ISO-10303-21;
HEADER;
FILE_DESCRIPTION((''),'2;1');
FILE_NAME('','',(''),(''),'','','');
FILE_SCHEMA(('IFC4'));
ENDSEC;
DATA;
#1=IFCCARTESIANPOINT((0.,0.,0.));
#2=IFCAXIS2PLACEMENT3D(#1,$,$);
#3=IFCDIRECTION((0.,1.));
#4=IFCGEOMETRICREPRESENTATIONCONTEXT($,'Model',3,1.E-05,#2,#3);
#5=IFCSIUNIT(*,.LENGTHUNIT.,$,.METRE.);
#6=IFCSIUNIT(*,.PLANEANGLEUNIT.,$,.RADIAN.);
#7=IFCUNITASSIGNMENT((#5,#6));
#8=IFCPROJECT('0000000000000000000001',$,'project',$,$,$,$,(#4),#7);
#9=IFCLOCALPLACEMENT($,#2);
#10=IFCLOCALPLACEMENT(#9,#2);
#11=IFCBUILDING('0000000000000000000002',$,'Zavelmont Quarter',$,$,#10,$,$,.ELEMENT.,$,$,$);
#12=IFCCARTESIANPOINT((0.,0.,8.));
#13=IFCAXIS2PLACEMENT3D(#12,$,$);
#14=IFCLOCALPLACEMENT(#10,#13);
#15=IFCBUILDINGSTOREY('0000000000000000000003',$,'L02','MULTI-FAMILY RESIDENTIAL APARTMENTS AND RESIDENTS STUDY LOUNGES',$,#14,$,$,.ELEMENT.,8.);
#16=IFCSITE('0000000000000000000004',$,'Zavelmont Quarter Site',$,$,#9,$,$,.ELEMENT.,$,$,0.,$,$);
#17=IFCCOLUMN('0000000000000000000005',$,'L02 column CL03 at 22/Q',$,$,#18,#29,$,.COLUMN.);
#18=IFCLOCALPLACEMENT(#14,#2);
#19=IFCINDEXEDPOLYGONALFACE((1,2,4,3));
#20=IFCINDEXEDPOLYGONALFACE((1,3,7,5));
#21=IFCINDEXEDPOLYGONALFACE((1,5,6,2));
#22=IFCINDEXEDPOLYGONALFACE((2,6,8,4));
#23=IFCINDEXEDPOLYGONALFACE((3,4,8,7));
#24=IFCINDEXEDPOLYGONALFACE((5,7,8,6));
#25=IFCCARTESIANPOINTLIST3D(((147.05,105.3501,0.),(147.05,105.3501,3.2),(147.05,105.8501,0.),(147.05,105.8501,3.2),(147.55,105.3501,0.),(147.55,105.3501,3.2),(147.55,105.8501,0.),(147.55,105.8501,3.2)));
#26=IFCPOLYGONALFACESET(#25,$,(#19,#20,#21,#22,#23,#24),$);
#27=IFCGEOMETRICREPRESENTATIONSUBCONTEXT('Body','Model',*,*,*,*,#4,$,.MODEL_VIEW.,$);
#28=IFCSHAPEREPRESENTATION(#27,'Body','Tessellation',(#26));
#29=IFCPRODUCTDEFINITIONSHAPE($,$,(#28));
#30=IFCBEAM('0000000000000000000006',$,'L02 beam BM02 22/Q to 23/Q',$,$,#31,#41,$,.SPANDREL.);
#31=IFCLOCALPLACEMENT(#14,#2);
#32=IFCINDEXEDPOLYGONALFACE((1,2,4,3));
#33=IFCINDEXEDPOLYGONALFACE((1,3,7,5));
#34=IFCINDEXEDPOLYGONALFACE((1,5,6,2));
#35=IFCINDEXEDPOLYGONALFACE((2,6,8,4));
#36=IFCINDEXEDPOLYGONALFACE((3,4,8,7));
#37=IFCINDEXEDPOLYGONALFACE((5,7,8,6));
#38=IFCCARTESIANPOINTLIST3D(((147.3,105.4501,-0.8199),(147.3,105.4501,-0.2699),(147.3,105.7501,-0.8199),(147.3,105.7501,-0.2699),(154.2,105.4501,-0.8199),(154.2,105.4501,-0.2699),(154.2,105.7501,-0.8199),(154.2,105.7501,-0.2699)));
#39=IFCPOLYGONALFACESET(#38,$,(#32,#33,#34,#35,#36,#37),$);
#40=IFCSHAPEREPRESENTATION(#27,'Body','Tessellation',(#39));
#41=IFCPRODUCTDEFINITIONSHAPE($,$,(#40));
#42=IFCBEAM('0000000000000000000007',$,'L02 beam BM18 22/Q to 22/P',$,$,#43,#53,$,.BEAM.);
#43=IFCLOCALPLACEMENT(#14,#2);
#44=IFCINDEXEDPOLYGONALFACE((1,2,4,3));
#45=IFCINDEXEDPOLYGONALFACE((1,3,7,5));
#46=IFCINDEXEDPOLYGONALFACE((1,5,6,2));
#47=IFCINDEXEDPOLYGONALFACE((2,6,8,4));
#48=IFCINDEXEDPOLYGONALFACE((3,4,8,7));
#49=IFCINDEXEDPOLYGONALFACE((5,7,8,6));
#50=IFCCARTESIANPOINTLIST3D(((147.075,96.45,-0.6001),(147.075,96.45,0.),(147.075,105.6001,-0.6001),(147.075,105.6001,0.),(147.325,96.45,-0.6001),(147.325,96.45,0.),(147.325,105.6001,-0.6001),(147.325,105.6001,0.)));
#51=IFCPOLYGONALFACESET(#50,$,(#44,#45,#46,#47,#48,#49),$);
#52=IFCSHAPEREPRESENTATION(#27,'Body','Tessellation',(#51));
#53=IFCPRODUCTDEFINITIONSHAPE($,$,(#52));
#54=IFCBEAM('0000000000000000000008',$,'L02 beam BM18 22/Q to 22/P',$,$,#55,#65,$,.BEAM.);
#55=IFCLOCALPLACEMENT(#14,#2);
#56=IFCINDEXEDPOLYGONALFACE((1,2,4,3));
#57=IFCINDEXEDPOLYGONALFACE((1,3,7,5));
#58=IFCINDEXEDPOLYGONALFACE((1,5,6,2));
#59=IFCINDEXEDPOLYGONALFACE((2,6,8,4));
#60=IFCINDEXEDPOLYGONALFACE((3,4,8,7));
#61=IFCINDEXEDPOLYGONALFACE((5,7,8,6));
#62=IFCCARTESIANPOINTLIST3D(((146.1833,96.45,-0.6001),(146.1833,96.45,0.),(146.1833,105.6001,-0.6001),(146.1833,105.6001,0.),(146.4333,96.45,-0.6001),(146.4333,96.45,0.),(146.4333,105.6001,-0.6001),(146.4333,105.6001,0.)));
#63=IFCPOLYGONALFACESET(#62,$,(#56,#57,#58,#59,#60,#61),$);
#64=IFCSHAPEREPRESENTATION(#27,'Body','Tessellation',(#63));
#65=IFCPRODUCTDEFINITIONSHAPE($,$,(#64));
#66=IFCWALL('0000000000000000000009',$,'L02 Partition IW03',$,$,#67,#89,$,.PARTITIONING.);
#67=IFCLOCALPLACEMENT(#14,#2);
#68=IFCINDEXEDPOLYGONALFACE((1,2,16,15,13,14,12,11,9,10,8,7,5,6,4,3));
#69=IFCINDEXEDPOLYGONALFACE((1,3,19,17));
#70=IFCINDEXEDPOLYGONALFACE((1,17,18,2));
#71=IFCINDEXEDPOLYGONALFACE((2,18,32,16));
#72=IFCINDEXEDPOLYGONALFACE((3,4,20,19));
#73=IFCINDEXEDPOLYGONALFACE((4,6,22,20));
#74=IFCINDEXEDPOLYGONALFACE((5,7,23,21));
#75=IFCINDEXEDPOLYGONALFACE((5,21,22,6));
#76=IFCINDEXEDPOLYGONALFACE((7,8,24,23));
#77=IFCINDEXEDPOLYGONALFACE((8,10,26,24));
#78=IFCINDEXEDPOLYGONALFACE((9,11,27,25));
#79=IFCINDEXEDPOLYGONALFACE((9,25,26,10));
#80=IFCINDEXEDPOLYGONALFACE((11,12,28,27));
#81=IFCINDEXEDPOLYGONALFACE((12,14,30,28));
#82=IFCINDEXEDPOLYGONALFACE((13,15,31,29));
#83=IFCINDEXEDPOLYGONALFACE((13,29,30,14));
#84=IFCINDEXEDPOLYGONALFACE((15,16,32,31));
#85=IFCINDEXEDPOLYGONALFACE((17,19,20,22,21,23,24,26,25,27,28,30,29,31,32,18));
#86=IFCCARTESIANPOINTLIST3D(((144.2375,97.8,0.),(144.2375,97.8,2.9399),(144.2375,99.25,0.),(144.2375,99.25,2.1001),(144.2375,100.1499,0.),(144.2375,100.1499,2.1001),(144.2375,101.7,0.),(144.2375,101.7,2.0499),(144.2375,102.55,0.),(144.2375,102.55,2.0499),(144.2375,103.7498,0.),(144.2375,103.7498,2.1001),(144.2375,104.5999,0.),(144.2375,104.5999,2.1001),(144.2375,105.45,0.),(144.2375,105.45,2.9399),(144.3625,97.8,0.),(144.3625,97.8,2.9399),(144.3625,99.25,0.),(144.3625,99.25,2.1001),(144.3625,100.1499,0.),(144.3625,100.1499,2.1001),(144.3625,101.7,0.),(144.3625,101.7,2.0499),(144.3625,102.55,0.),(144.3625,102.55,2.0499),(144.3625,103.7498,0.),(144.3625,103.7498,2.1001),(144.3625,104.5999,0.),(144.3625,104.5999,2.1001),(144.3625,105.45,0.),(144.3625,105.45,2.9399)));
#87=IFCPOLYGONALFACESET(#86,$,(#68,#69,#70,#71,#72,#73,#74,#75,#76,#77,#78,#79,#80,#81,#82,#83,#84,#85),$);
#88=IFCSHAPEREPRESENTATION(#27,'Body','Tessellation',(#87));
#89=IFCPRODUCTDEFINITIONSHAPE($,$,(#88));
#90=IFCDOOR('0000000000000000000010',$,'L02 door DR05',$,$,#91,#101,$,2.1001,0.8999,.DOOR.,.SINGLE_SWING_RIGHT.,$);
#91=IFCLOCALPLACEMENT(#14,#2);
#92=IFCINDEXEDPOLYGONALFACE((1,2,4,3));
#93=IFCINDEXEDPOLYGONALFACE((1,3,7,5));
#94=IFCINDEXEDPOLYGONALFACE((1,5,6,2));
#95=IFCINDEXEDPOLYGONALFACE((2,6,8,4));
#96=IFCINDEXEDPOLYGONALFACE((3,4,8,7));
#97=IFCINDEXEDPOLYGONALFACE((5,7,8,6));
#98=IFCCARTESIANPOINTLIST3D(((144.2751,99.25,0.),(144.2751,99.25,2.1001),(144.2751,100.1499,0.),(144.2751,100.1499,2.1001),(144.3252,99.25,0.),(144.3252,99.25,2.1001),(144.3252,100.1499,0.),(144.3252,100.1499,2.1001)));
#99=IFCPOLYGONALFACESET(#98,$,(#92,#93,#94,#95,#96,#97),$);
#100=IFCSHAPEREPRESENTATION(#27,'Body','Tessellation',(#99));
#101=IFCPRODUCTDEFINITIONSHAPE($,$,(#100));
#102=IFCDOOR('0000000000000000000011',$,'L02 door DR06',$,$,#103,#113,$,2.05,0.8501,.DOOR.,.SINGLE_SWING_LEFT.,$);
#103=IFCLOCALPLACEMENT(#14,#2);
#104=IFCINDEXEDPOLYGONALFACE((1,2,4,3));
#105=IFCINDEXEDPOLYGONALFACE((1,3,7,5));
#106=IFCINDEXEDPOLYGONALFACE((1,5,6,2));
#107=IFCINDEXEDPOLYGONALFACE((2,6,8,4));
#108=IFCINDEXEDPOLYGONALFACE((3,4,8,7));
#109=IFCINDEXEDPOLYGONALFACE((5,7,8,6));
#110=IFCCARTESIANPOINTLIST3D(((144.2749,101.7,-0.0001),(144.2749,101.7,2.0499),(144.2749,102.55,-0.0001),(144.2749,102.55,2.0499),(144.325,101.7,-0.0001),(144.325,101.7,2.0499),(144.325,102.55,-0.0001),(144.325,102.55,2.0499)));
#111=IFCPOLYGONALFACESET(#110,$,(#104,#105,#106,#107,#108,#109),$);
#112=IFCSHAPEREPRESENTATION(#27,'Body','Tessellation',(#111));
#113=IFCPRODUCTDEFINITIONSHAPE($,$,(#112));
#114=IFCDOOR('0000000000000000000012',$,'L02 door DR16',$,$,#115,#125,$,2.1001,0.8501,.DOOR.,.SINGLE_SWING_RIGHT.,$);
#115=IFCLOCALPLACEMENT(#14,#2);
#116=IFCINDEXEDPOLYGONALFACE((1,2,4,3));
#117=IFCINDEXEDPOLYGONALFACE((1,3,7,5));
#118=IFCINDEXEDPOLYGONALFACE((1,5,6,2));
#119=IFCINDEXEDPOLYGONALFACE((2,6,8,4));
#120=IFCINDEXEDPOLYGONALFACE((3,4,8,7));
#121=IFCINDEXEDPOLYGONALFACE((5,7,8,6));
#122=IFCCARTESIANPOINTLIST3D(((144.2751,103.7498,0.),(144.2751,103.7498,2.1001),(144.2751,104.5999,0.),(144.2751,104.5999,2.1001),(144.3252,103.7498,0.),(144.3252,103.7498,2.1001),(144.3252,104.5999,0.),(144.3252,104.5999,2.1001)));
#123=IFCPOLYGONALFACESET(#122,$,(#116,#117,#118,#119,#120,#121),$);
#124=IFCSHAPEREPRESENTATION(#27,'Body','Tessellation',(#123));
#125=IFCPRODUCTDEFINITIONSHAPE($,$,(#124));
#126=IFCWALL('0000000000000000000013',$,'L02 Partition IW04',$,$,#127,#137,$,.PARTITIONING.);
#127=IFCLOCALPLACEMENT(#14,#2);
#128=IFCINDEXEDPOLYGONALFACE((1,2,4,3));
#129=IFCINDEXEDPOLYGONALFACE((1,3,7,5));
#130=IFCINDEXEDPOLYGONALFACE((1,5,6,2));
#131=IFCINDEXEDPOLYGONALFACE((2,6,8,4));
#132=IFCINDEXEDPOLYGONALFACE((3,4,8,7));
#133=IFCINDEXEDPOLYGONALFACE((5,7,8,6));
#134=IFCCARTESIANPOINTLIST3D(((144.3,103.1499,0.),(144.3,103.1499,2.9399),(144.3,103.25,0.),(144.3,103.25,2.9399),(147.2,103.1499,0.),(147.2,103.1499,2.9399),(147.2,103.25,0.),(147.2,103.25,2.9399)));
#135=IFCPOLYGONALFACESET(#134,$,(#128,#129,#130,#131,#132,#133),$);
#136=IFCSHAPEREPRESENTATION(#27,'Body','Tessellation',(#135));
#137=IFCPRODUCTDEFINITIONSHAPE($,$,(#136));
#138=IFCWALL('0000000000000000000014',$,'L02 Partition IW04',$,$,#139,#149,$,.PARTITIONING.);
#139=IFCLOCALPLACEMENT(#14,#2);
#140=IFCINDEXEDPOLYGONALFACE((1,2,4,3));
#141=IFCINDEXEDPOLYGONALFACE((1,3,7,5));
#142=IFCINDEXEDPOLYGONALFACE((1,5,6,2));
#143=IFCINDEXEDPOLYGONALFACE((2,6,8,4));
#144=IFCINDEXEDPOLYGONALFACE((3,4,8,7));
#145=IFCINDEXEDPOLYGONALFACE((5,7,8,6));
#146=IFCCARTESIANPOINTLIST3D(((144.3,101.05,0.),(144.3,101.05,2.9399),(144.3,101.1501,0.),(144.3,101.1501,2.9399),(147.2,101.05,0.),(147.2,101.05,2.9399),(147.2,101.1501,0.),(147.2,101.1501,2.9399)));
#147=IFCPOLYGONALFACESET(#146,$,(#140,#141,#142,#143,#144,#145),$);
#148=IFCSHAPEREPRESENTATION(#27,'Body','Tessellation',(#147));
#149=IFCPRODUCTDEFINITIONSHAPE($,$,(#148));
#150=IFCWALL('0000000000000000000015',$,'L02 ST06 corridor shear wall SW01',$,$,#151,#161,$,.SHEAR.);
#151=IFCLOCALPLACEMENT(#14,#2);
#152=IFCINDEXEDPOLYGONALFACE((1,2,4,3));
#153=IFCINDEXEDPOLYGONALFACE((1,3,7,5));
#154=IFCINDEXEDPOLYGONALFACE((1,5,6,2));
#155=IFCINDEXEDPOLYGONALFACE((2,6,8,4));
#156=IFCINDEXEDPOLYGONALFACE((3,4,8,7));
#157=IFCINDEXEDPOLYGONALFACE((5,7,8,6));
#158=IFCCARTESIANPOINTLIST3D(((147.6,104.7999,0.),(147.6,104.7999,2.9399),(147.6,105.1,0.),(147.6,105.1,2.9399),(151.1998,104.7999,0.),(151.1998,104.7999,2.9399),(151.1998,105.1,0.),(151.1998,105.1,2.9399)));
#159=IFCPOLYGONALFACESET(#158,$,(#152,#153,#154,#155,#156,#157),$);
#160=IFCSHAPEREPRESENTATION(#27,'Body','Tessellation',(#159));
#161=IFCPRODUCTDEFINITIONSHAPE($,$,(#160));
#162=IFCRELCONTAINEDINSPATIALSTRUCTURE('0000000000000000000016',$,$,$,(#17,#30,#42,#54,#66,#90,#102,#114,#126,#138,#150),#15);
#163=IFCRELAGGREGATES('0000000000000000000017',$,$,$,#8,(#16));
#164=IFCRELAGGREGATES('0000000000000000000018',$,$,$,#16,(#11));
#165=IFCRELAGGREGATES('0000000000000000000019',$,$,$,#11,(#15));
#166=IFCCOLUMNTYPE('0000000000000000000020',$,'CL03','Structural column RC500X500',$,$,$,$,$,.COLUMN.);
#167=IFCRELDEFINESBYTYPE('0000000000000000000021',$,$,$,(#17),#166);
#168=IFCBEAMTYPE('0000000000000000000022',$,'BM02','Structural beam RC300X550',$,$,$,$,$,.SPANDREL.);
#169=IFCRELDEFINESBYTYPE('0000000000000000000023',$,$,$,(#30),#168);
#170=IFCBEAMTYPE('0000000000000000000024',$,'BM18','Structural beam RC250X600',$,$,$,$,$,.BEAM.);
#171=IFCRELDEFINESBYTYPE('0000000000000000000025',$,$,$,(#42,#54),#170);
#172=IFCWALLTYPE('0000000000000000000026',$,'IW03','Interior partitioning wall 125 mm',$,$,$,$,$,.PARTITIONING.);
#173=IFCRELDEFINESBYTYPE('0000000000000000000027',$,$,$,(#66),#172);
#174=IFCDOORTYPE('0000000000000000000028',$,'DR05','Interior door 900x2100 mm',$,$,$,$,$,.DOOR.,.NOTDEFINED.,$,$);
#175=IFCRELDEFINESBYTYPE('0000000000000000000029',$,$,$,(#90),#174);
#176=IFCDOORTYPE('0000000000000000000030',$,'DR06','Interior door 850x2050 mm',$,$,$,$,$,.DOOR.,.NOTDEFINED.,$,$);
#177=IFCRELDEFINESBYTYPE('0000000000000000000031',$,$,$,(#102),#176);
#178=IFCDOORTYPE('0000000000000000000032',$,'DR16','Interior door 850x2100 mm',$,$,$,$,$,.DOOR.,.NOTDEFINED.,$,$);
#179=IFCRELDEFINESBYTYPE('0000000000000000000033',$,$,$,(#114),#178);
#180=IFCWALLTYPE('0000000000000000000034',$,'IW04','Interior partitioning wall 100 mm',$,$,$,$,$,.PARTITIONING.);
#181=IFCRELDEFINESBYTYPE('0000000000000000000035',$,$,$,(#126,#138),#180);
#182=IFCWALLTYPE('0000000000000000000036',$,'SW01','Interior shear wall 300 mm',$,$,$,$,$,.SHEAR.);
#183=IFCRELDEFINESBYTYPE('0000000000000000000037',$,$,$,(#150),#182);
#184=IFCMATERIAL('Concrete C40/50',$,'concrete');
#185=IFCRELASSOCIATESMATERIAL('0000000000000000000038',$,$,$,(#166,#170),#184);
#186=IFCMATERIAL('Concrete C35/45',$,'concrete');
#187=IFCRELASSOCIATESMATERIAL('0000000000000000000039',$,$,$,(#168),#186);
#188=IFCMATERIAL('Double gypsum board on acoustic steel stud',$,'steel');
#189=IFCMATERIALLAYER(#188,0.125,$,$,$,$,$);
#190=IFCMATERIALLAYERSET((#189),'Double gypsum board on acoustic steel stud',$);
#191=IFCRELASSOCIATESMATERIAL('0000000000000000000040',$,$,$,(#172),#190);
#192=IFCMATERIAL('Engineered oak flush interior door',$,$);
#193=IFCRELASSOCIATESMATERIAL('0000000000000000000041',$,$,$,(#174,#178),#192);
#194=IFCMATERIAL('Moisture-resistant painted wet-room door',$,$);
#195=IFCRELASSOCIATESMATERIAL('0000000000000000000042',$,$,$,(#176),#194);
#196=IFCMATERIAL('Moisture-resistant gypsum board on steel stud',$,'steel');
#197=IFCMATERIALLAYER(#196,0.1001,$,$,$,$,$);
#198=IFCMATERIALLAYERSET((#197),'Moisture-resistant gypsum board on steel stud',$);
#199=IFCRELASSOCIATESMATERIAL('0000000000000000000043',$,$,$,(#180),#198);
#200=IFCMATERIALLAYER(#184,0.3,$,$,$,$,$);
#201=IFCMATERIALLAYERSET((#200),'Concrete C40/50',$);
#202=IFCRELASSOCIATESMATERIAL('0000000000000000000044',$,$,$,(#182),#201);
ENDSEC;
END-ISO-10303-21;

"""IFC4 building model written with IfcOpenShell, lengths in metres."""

from ifc_helpers import new_model, si_unit, direction, frame, frame_2d, origin, origin_with_axes, origin_2d, place, context, subcontext, project, spatial, rectangle, extrude, material, layer, layer_set, material_profile, profile_set, type_object, element, fill, save


model = new_model("IFC4")

# Units and contexts
model_context = context("Model", 3, precision=1e-05, world=origin(), true_north=direction((0.0, 1.0)))
body_context = subcontext(model_context, "Body", "Model", "MODEL_VIEW")
ifc_project = project(units=[si_unit("LENGTHUNIT", "METRE"), si_unit("PLANEANGLEUNIT", "RADIAN")], contexts=[model_context])

# Site, building, storey
site_placement = place(None, origin())
site = spatial("IfcSite", under=ifc_project, at=site_placement, Name="Zavelmont Quarter Site", CompositionType="ELEMENT", RefElevation=0.0)
building_placement = place(site_placement, origin())
building = spatial("IfcBuilding", under=site, at=building_placement, Name="Zavelmont Quarter", CompositionType="ELEMENT")
storey_placement = place(building_placement, frame((0.0, 0.0, 8.0)))
storey = spatial("IfcBuildingStorey", under=building, at=storey_placement, Name="L02", Description="MULTI-FAMILY RESIDENTIAL APARTMENTS AND RESIDENTS STUDY LOUNGES", CompositionType="ELEMENT", Elevation=8.0)

# Column
ifc_material_1 = material(Name="Concrete C40/50", Category="concrete")
ifc_material_profile_1 = material_profile(ifc_material_1, rectangle(XDim=0.5, YDim=0.5, at=origin_2d()), Name="RC500X500")
ifc_profile_set_1 = profile_set([ifc_material_profile_1], Name="Concrete C40/50")
column_type = type_object("IfcColumnType", Name="CL03", Description="Structural column RC500X500", PredefinedType="COLUMN", material=ifc_profile_set_1)
column_placement = place(storey_placement, frame((147.3, 105.6001, 0.0), z_axis=(0.0, 0.0, 1.0), x_axis=(1.0, 0.0, 0.0)))
element("IfcColumn", 1, at=column_placement, inside=storey, type_object=column_type, Name="L02 column CL03 at 22/Q", PredefinedType="COLUMN", context=body_context, shape_type="SweptSolid", body=[
    extrude(rectangle(XDim=0.5, YDim=0.5, at=origin_2d()), origin(), (0.0, 0.0, 1.0), 3.2),
])

# Beams
ifc_material_2 = material(Name="Concrete C35/45", Category="concrete")
ifc_material_profile_2 = material_profile(ifc_material_2, rectangle(XDim=0.3, YDim=0.55, at=origin_2d()), Name="RC300X550")
ifc_profile_set_2 = profile_set([ifc_material_profile_2], Name="Concrete C35/45")
beam_type_1 = type_object("IfcBeamType", Name="BM02", Description="Structural beam RC300X550", PredefinedType="SPANDREL", material=ifc_profile_set_2)
beam_placement = place(storey_placement, frame((147.3, 105.6001, -0.5449), z_axis=(1.0, 0.0, 0.0), x_axis=(0.0, 1.0, 0.0)))
element("IfcBeam", 2, at=beam_placement, inside=storey, type_object=beam_type_1, Name="L02 beam BM02 22/Q to 23/Q", PredefinedType="SPANDREL", context=body_context, shape_type="SweptSolid", body=[
    extrude(rectangle(XDim=0.3, YDim=0.55, at=origin_2d()), origin(), (0.0, 0.0, 1.0), 6.8999),
])
ifc_material_profile_3 = material_profile(ifc_material_1, rectangle(XDim=0.25, YDim=0.6001, at=origin_2d()), Name="RC250X600")
ifc_profile_set_3 = profile_set([ifc_material_profile_3], Name="Concrete C40/50")
beam_type_2 = type_object("IfcBeamType", Name="BM18", Description="Structural beam RC250X600", PredefinedType="BEAM", material=ifc_profile_set_3)
for number, where, z_axis, x_axis, name in (
    (3, (147.2, 105.6001, -0.3), (0.0, -1.0, 0.0), (1.0, 0.0, 0.0), "L02 beam BM18 22/Q to 22/P"),
    (4, (146.3083, 105.6001, -0.3), (0.0, -1.0, 0.0), (1.0, 0.0, 0.0), "L02 beam BM18 22/Q to 22/P"),
):
    element("IfcBeam", number, at=place(storey_placement, frame(where, z_axis=z_axis, x_axis=x_axis)), inside=storey, type_object=beam_type_2, Name=name, PredefinedType="BEAM", context=body_context, shape_type="SweptSolid", body=[
        extrude(rectangle(XDim=0.25, YDim=0.6001, at=origin_2d()), origin(), (0.0, 0.0, 1.0), 9.1501),
    ])

# Wall, openings, doors
ifc_material_3 = material(Name="Double gypsum board on acoustic steel stud", Category="steel")
ifc_layer_1 = layer(ifc_material_3, 0.125)
ifc_layer_set_1 = layer_set([ifc_layer_1], Name="Double gypsum board on acoustic steel stud")
wall_type_1 = type_object("IfcWallType", Name="IW03", Description="Interior partitioning wall 125 mm", PredefinedType="PARTITIONING", material=ifc_layer_set_1)
wall_1_placement = place(storey_placement, frame((144.3, 105.45, 0.0), z_axis=(0.0, 0.0, 1.0), x_axis=(0.0, -1.0, 0.0)))
wall_1 = element("IfcWall", 5, at=wall_1_placement, inside=storey, type_object=wall_type_1, Name="L02 Partition IW03", PredefinedType="PARTITIONING", context=body_context, shape_type="SweptSolid", body=[
    extrude(rectangle(XDim=7.6499, YDim=0.125, at=frame_2d((3.825, 0.0))), origin(), (0.0, 0.0, 1.0), 2.9399),
])
opening_1_placement = place(wall_1_placement, frame((0.8501, 0.0, 0.0)))
opening_1 = element("IfcOpeningElement", 6, at=opening_1_placement, cuts=wall_1, PredefinedType="OPENING", context=body_context, shape_type="SweptSolid", body=[
    extrude(rectangle(XDim=0.8501, YDim=2.1001, at=frame_2d((0.425, 1.05))), frame((0.0, 0.0745, 0.0), z_axis=(0.0, -1.0, 0.0), x_axis=(1.0, 0.0, 0.0)), (0.0, 0.0, 1.0), 0.1489),
])
opening_2_placement = place(wall_1_placement, frame((2.8999, 0.0, 0.0)))
opening_2 = element("IfcOpeningElement", 7, at=opening_2_placement, cuts=wall_1, PredefinedType="OPENING", context=body_context, shape_type="SweptSolid", body=[
    extrude(rectangle(XDim=0.8501, YDim=2.05, at=frame_2d((0.425, 1.0249))), frame((0.0, 0.0745, 0.0), z_axis=(0.0, -1.0, 0.0), x_axis=(1.0, 0.0, 0.0)), (0.0, 0.0, 1.0), 0.1489),
])
opening_3_placement = place(wall_1_placement, frame((5.3, 0.0, 0.0)))
opening_3 = element("IfcOpeningElement", 8, at=opening_3_placement, cuts=wall_1, PredefinedType="OPENING", context=body_context, shape_type="SweptSolid", body=[
    extrude(rectangle(XDim=0.8999, YDim=2.1001, at=frame_2d((0.45, 1.05))), frame((0.0, 0.0745, 0.0), z_axis=(0.0, -1.0, 0.0), x_axis=(1.0, 0.0, 0.0)), (0.0, 0.0, 1.0), 0.1489),
])
ifc_material_4 = material(Name="Engineered oak flush interior door")
door_type_1 = type_object("IfcDoorType", Name="DR05", Description="Interior door 900x2100 mm", OperationType="NOTDEFINED", PredefinedType="DOOR", material=ifc_material_4)
door_1_placement = place(opening_3_placement, frame((0.8999, 0.0, 0.0), z_axis=(0.0, 0.0, 1.0), x_axis=(-1.0, 0.0, 0.0)))
door_1 = element("IfcDoor", 9, at=door_1_placement, inside=storey, type_object=door_type_1, Name="L02 door DR05", OperationType="SINGLE_SWING_RIGHT", OverallHeight=2.1001, OverallWidth=0.8999, PredefinedType="DOOR", context=body_context, shape_type="SweptSolid", body=[
    extrude(rectangle(XDim=0.8999, YDim=2.1001, at=frame_2d((0.45, 1.05))), frame((0.0, 0.0249, 0.0), z_axis=(0.0, -1.0, 0.0), x_axis=(1.0, 0.0, 0.0)), (0.0, 0.0, 1.0), 0.05),
])
fill(opening_3, door_1)
ifc_material_5 = material(Name="Moisture-resistant painted wet-room door")
door_type_2 = type_object("IfcDoorType", Name="DR06", Description="Interior door 850x2050 mm", OperationType="NOTDEFINED", PredefinedType="DOOR", material=ifc_material_5)
door_2_placement = place(opening_2_placement, origin_with_axes())
door_2 = element("IfcDoor", 10, at=door_2_placement, inside=storey, type_object=door_type_2, Name="L02 door DR06", OperationType="SINGLE_SWING_LEFT", OverallHeight=2.05, OverallWidth=0.8501, PredefinedType="DOOR", context=body_context, shape_type="SweptSolid", body=[
    extrude(rectangle(XDim=0.8501, YDim=2.05, at=frame_2d((0.425, 1.0249))), frame((0.0, 0.0249, 0.0), z_axis=(0.0, -1.0, 0.0), x_axis=(1.0, 0.0, 0.0)), (0.0, 0.0, 1.0), 0.05),
])
fill(opening_2, door_2)
door_type_3 = type_object("IfcDoorType", Name="DR16", Description="Interior door 850x2100 mm", OperationType="NOTDEFINED", PredefinedType="DOOR", material=ifc_material_4)
door_3_placement = place(opening_1_placement, frame((0.8501, 0.0, 0.0), z_axis=(0.0, 0.0, 1.0), x_axis=(-1.0, 0.0, 0.0)))
door_3 = element("IfcDoor", 11, at=door_3_placement, inside=storey, type_object=door_type_3, Name="L02 door DR16", OperationType="SINGLE_SWING_RIGHT", OverallHeight=2.1001, OverallWidth=0.8501, PredefinedType="DOOR", context=body_context, shape_type="SweptSolid", body=[
    extrude(rectangle(XDim=0.8501, YDim=2.1001, at=frame_2d((0.425, 1.05))), frame((0.0, 0.0249, 0.0), z_axis=(0.0, -1.0, 0.0), x_axis=(1.0, 0.0, 0.0)), (0.0, 0.0, 1.0), 0.05),
])
fill(opening_1, door_3)

# Walls
ifc_material_6 = material(Name="Moisture-resistant gypsum board on steel stud", Category="steel")
ifc_layer_2 = layer(ifc_material_6, 0.1001)
ifc_layer_set_2 = layer_set([ifc_layer_2], Name="Moisture-resistant gypsum board on steel stud")
wall_type_2 = type_object("IfcWallType", Name="IW04", Description="Interior partitioning wall 100 mm", PredefinedType="PARTITIONING", material=ifc_layer_set_2)
for number, where, z_axis, x_axis, name in (
    (12, (144.3, 103.2, 0.0), (0.0, 0.0, 1.0), (1.0, 0.0, 0.0), "L02 Partition IW04"),
    (13, (144.3, 101.1001, 0.0), (0.0, 0.0, 1.0), (1.0, 0.0, 0.0), "L02 Partition IW04"),
):
    element("IfcWall", number, at=place(storey_placement, frame(where, z_axis=z_axis, x_axis=x_axis)), inside=storey, type_object=wall_type_2, Name=name, PredefinedType="PARTITIONING", context=body_context, shape_type="SweptSolid", body=[
        extrude(rectangle(XDim=2.8999, YDim=0.1001, at=frame_2d((1.45, 0.0))), origin(), (0.0, 0.0, 1.0), 2.9399),
    ])
ifc_layer_3 = layer(ifc_material_1, 0.3)
ifc_layer_set_3 = layer_set([ifc_layer_3], Name="Concrete C40/50")
wall_type_3 = type_object("IfcWallType", Name="SW01", Description="Interior shear wall 300 mm", PredefinedType="SHEAR", material=ifc_layer_set_3)
wall_2_placement = place(storey_placement, frame((147.6001, 104.95, 0.0), z_axis=(0.0, 0.0, 1.0), x_axis=(1.0, 0.0, 0.0)))
element("IfcWall", 14, at=wall_2_placement, inside=storey, type_object=wall_type_3, Name="L02 ST06 corridor shear wall SW01", PredefinedType="SHEAR", context=body_context, shape_type="SweptSolid", body=[
    extrude(rectangle(XDim=3.5999, YDim=0.3, at=frame_2d((1.7998, 0.0))), origin(), (0.0, 0.0, 1.0), 2.9399),
])

save(model, "model.ifc")
